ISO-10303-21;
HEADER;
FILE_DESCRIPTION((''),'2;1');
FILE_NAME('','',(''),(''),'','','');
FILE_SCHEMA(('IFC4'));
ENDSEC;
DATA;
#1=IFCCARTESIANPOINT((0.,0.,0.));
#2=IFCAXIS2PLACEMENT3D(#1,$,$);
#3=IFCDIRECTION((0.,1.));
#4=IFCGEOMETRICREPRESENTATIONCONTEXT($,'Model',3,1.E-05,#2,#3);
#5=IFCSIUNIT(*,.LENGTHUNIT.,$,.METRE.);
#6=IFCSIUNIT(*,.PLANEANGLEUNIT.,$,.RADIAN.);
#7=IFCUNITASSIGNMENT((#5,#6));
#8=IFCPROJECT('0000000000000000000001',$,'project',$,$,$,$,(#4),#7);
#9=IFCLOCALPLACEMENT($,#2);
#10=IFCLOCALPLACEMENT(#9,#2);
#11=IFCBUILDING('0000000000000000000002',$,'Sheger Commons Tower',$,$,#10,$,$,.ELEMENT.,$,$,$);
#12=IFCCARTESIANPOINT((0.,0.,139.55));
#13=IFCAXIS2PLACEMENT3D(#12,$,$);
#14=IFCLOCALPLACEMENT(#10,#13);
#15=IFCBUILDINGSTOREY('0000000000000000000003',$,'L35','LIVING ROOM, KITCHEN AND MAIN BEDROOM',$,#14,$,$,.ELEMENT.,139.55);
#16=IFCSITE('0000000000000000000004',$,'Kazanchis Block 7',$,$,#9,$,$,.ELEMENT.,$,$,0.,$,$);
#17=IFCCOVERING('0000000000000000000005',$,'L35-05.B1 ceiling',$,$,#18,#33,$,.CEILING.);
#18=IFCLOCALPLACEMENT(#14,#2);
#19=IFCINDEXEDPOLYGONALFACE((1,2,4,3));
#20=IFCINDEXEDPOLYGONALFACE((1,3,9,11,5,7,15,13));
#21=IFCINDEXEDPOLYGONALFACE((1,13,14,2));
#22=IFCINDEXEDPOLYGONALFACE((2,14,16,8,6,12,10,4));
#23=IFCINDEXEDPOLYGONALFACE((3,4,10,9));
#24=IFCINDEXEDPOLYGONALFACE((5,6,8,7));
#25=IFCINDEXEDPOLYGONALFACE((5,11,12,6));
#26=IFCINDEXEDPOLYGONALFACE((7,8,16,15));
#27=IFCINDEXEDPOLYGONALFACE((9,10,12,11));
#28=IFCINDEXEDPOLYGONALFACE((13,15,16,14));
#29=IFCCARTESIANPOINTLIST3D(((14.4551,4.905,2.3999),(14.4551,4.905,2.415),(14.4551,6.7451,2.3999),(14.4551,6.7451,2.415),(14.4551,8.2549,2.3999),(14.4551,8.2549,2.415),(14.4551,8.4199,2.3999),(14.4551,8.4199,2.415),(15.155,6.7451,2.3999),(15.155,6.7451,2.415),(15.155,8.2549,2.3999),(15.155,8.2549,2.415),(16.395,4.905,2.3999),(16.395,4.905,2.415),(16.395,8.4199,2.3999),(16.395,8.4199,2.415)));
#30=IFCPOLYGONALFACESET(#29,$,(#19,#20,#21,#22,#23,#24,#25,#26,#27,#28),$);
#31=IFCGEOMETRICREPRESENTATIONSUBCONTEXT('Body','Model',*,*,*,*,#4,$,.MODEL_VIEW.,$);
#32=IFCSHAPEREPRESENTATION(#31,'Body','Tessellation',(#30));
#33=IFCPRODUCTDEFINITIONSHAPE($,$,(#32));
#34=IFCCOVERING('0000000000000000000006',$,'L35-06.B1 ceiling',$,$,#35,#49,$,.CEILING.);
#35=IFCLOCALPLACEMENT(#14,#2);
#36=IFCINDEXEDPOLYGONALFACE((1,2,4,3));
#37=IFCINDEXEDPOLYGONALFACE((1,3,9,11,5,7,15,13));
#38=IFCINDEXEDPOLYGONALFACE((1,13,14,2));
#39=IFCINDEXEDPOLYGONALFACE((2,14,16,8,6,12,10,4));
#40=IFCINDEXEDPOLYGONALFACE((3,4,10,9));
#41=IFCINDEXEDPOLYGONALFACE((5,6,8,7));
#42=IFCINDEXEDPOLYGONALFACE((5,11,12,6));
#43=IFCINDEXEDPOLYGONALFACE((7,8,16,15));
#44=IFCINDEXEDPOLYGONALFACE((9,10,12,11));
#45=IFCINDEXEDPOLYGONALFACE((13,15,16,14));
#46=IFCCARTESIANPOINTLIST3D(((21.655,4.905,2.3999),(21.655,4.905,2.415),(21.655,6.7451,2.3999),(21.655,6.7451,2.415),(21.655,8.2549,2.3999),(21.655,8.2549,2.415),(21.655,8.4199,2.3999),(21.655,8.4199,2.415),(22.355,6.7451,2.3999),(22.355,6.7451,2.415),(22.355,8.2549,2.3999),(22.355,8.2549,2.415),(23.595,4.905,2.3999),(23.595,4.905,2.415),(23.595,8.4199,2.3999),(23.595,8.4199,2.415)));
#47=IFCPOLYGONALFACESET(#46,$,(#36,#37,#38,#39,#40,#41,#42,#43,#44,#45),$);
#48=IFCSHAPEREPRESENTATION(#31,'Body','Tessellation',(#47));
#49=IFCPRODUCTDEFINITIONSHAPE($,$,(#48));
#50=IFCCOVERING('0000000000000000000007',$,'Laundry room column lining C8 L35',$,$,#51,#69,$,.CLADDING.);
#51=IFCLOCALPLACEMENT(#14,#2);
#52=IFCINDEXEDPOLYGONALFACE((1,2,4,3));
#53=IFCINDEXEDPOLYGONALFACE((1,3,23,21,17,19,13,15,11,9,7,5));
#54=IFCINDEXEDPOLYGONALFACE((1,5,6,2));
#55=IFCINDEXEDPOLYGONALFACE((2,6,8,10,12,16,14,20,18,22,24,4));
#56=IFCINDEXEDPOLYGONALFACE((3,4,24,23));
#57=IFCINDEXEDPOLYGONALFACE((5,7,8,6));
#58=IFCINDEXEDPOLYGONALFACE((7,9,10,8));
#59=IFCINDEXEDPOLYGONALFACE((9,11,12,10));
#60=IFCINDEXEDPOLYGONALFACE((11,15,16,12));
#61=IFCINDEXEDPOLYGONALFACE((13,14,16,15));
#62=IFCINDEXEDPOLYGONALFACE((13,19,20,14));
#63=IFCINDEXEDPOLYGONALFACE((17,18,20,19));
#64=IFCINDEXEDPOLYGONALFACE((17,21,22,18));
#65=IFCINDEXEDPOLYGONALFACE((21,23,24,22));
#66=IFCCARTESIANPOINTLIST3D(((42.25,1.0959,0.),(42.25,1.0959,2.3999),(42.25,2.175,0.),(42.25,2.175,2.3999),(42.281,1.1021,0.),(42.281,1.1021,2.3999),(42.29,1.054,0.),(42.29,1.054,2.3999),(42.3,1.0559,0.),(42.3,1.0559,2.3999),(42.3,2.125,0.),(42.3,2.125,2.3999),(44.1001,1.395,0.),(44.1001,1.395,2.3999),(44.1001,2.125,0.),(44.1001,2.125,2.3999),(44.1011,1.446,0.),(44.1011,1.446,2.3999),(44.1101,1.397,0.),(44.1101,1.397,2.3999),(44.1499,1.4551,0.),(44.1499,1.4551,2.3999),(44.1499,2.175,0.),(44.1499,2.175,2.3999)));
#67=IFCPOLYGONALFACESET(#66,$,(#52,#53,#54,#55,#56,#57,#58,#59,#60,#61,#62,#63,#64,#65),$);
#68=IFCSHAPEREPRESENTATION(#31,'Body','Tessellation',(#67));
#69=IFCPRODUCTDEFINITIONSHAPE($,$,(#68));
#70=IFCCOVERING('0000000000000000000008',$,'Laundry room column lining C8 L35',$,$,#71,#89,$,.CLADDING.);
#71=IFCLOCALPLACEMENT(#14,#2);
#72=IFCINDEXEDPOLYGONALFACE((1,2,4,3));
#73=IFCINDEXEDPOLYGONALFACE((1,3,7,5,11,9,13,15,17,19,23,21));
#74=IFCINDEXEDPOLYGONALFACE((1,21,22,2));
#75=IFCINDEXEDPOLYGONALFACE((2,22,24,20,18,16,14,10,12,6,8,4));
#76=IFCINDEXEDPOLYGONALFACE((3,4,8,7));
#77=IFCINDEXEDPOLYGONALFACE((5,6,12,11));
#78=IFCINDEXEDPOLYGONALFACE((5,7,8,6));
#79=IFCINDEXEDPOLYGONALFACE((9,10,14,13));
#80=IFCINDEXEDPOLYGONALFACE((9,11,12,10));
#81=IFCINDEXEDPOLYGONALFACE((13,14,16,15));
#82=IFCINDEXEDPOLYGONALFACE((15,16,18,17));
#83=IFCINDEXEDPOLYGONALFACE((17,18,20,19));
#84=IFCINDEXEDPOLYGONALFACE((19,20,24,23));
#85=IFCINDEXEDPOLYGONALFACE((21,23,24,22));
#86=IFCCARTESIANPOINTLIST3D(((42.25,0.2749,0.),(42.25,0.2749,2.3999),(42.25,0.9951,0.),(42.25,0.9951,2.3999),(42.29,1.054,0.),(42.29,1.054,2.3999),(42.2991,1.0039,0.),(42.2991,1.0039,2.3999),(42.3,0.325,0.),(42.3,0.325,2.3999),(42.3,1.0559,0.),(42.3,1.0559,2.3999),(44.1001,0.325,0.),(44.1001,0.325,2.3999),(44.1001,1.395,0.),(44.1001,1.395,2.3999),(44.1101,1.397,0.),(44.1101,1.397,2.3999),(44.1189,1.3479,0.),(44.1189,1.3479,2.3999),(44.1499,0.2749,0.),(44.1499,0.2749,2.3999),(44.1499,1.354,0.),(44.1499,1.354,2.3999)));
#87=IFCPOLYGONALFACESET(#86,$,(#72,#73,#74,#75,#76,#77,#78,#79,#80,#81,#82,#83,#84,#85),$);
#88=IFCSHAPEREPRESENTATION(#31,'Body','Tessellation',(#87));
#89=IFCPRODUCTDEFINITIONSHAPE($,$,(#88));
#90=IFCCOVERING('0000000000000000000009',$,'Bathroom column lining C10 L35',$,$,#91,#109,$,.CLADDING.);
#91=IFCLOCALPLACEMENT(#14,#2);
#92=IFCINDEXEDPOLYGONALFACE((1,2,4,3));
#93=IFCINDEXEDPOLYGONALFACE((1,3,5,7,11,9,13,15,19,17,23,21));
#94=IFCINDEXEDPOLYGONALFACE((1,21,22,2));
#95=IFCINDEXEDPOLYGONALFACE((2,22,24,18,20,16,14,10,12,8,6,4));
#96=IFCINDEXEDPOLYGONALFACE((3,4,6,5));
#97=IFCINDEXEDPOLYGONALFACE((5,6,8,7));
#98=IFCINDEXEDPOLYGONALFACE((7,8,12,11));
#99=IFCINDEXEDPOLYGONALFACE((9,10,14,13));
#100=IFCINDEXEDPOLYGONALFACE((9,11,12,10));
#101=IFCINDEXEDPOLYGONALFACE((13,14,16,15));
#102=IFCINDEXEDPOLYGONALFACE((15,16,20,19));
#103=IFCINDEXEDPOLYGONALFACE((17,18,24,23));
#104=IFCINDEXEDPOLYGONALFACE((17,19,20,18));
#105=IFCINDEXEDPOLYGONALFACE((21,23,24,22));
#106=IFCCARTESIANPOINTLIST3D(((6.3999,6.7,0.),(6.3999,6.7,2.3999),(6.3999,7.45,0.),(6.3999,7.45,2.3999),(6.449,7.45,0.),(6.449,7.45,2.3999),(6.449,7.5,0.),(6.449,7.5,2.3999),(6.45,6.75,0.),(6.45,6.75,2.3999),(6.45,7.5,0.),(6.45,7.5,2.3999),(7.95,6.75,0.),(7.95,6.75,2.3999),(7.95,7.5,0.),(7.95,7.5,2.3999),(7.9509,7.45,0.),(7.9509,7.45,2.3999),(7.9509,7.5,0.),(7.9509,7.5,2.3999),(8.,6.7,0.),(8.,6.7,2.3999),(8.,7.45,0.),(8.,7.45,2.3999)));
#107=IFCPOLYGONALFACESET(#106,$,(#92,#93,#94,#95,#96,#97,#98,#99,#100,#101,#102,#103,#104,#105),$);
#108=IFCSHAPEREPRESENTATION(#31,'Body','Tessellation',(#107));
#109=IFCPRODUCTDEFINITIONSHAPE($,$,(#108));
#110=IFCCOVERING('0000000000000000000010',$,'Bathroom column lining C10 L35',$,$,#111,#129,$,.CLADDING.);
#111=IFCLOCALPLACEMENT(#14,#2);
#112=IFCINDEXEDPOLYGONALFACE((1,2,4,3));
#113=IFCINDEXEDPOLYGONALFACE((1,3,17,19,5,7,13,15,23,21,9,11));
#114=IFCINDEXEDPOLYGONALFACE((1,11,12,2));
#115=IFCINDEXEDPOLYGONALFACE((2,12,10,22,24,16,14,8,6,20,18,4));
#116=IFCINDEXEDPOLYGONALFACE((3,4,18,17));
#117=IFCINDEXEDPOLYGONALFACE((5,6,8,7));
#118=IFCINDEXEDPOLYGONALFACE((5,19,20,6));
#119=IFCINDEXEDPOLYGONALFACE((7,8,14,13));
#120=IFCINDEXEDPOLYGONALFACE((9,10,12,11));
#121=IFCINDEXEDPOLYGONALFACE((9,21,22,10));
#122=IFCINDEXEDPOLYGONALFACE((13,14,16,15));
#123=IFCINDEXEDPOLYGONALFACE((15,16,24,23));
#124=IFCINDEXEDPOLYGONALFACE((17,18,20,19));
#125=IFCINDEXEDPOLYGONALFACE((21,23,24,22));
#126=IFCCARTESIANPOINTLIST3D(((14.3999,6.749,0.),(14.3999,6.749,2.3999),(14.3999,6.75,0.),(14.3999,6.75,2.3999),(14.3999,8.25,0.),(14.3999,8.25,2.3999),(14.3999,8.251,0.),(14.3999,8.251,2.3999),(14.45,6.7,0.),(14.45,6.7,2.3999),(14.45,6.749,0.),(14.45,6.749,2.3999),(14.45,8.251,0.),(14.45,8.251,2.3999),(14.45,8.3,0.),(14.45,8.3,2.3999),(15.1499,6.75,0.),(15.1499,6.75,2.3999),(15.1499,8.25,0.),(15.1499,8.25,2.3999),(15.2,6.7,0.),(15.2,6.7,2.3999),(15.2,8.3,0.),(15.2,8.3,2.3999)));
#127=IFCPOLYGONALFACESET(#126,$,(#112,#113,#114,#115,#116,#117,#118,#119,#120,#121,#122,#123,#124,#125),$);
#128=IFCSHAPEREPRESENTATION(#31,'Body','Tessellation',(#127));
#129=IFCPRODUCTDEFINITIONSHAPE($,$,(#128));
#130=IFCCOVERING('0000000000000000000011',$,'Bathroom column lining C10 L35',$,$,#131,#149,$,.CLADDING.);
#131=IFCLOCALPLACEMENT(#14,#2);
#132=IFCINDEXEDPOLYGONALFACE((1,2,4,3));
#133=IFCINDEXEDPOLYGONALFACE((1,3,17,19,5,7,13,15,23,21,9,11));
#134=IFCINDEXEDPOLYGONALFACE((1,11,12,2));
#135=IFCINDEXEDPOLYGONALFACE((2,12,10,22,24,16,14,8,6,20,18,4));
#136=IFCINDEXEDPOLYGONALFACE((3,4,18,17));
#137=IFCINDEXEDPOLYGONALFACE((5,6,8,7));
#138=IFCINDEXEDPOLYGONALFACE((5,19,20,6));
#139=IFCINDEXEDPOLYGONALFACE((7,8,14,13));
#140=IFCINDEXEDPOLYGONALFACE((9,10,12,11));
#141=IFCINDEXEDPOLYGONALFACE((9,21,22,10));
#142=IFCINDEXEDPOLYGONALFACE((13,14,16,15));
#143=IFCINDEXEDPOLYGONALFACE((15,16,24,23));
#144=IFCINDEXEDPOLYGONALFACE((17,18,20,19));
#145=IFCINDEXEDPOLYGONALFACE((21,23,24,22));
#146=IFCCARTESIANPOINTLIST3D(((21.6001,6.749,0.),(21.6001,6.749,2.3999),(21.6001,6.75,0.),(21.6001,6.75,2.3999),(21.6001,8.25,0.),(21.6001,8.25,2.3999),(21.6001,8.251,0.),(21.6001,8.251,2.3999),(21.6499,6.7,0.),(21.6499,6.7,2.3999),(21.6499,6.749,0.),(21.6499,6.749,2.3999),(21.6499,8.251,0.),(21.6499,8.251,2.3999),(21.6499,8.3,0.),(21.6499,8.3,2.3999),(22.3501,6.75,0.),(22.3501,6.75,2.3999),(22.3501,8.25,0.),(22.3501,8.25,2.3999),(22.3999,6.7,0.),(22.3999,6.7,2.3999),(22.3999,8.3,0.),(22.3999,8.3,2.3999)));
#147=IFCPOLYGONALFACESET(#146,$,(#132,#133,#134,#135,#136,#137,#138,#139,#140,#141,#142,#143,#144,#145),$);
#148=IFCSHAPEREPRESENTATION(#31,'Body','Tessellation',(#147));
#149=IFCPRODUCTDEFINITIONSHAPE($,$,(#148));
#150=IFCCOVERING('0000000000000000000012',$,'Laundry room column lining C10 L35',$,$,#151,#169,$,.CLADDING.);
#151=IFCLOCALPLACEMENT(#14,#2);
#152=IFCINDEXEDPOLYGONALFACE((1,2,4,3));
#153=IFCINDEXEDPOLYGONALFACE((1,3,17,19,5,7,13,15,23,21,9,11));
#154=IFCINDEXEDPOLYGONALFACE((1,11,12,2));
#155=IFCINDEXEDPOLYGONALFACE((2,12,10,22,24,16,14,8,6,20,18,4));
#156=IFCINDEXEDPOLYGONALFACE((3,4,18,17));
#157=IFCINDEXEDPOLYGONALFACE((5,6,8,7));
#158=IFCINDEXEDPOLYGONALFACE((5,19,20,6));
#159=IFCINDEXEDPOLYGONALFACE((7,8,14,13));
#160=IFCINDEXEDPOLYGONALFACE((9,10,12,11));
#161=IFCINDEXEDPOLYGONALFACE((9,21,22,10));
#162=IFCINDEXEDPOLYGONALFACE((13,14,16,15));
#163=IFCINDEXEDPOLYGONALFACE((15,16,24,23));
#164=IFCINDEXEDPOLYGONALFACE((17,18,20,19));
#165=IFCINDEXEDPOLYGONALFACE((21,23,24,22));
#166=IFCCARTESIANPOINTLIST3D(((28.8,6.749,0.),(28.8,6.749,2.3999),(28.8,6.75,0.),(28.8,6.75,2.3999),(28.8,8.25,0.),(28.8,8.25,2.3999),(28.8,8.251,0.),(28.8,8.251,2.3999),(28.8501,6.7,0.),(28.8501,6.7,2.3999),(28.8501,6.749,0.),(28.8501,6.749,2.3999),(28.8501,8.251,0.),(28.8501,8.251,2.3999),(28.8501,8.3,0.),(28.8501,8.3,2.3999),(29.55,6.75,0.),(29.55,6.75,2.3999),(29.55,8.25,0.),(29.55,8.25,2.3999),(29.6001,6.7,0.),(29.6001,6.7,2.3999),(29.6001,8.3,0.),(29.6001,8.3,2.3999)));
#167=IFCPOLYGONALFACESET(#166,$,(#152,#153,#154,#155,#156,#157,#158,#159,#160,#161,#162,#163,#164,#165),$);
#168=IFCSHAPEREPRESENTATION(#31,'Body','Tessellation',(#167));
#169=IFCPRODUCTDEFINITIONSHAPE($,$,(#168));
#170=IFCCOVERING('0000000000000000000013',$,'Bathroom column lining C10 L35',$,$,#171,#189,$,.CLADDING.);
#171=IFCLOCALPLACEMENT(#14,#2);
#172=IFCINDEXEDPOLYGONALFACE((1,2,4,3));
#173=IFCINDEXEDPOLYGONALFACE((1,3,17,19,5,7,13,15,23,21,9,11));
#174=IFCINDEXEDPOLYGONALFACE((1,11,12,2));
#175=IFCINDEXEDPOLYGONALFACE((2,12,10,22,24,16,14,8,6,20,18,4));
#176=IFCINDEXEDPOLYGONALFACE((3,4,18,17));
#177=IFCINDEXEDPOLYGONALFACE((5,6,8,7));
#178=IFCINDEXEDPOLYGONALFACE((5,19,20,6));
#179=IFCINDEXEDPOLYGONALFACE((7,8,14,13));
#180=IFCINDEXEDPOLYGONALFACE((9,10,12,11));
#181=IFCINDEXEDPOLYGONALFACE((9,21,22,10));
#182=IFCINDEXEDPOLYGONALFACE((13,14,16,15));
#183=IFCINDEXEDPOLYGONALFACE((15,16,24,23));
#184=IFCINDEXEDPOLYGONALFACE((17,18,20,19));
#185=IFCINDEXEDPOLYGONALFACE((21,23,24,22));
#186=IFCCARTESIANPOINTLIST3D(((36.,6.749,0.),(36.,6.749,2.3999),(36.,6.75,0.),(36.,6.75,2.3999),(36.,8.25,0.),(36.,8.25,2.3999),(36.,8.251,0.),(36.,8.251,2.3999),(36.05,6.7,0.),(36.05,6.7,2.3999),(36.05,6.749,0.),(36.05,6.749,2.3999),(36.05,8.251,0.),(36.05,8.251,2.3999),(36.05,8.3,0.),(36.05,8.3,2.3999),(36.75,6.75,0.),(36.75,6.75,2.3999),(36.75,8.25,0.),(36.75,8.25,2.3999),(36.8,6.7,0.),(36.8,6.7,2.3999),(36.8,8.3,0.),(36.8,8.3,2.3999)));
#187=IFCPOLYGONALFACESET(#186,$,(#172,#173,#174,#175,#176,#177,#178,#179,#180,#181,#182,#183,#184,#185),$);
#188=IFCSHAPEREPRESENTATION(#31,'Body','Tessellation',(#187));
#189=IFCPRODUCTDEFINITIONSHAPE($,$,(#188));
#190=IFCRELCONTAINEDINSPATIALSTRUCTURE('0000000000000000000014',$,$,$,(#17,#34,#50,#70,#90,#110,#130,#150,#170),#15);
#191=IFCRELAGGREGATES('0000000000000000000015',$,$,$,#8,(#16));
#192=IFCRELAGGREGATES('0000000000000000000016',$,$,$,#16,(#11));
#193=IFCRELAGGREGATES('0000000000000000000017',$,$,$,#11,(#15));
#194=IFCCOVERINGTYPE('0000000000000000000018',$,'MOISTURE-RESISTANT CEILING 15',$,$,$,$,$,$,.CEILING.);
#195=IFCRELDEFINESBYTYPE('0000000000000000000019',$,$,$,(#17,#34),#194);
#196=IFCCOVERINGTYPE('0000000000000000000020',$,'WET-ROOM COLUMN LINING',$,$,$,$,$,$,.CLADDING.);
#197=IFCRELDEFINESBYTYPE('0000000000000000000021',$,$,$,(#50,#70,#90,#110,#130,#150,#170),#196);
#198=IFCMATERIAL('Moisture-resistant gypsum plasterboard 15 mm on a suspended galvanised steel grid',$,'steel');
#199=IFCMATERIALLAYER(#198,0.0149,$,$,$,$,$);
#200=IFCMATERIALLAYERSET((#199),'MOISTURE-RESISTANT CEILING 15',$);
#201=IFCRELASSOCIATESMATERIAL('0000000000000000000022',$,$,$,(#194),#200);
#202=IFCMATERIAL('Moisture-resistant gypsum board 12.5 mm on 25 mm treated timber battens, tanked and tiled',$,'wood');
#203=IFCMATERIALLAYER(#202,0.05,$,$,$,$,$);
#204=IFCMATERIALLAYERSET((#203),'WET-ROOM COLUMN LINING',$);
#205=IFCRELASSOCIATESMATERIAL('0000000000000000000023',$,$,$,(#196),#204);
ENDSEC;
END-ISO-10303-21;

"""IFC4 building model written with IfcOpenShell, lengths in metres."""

from ifc_helpers import new_model, si_unit, direction, frame, origin, place, context, subcontext, project, spatial, polyline, outline, extrude, material, layer, layer_set, type_object, element, save


model = new_model("IFC4")

# Units and contexts
model_context = context("Model", 3, precision=1e-05, world=origin(), true_north=direction((0.0, 1.0)))
body_context = subcontext(model_context, "Body", "Model", "MODEL_VIEW")
ifc_project = project(units=[si_unit("LENGTHUNIT", "METRE"), si_unit("PLANEANGLEUNIT", "RADIAN")], contexts=[model_context])

# Site, building, storey
site_placement = place(None, origin())
site = spatial("IfcSite", under=ifc_project, at=site_placement, Name="Kazanchis Block 7", CompositionType="ELEMENT", RefElevation=0.0)
building_placement = place(site_placement, origin())
building = spatial("IfcBuilding", under=site, at=building_placement, Name="Sheger Commons Tower", CompositionType="ELEMENT")
storey_placement = place(building_placement, frame((0.0, 0.0, 139.55)))
storey = spatial("IfcBuildingStorey", under=building, at=storey_placement, Name="L35", Description="LIVING ROOM, KITCHEN AND MAIN BEDROOM", CompositionType="ELEMENT", Elevation=139.55)

# Coverings
ifc_material_1 = material(Name="Moisture-resistant gypsum plasterboard 15 mm on a suspended galvanised steel grid", Category="steel")
ifc_layer_1 = layer(ifc_material_1, 0.0149)
ifc_layer_set_1 = layer_set([ifc_layer_1], Name="MOISTURE-RESISTANT CEILING 15")
covering_type_1 = type_object("IfcCoveringType", Name="MOISTURE-RESISTANT CEILING 15", PredefinedType="CEILING", material=ifc_layer_set_1)
covering_1_placement = place(storey_placement, frame((0.0, 0.0, 2.3999)))
element("IfcCovering", 1, at=covering_1_placement, inside=storey, type_object=covering_type_1, Name="L35-05.B1 ceiling", PredefinedType="CEILING", context=body_context, shape_type="SweptSolid", body=[
    extrude(outline(polyline([(14.4551, 4.905), (16.395, 4.905), (16.395, 8.4199), (14.4551, 8.4199), (14.4551, 8.2549), (15.155, 8.2549), (15.155, 6.7451), (14.4551, 6.7451), (14.4551, 4.905)])), origin(), (0.0, 0.0, 1.0), 0.0151),
])
covering_2_placement = place(storey_placement, frame((0.0, 0.0, 2.3999)))
element("IfcCovering", 2, at=covering_2_placement, inside=storey, type_object=covering_type_1, Name="L35-06.B1 ceiling", PredefinedType="CEILING", context=body_context, shape_type="SweptSolid", body=[
    extrude(outline(polyline([(21.655, 4.905), (23.595, 4.905), (23.595, 8.4199), (21.655, 8.4199), (21.655, 8.2549), (22.355, 8.2549), (22.355, 6.7451), (21.655, 6.7451), (21.655, 4.905)])), origin(), (0.0, 0.0, 1.0), 0.0151),
])
ifc_material_2 = material(Name="Moisture-resistant gypsum board 12.5 mm on 25 mm treated timber battens, tanked and tiled", Category="wood")
ifc_layer_2 = layer(ifc_material_2, 0.05)
ifc_layer_set_2 = layer_set([ifc_layer_2], Name="WET-ROOM COLUMN LINING")
covering_type_2 = type_object("IfcCoveringType", Name="WET-ROOM COLUMN LINING", PredefinedType="CLADDING", material=ifc_layer_set_2)
covering_3_placement = place(storey_placement, origin())
element("IfcCovering", 3, at=covering_3_placement, inside=storey, type_object=covering_type_2, Name="Laundry room column lining C8 L35", PredefinedType="CLADDING", context=body_context, shape_type="SweptSolid", body=[
    extrude(outline(polyline([(44.1499, 2.175), (44.1499, 1.4551), (44.1011, 1.446), (44.1101, 1.397), (44.1001, 1.395), (44.1001, 2.125), (42.3, 2.125), (42.3, 1.0559), (42.29, 1.054), (42.281, 1.1021), (42.25, 1.0959), (42.25, 2.175), (44.1499, 2.175)])), origin(), (0.0, 0.0, 1.0), 2.3999),
])
covering_4_placement = place(storey_placement, origin())
element("IfcCovering", 4, at=covering_4_placement, inside=storey, type_object=covering_type_2, Name="Laundry room column lining C8 L35", PredefinedType="CLADDING", context=body_context, shape_type="SweptSolid", body=[
    extrude(outline(polyline([(42.3, 1.0559), (42.3, 0.325), (44.1001, 0.325), (44.1001, 1.395), (44.1101, 1.397), (44.1189, 1.3479), (44.1499, 1.354), (44.1499, 0.2749), (42.25, 0.2749), (42.25, 0.9951), (42.2991, 1.0039), (42.29, 1.054), (42.3, 1.0559)])), origin(), (0.0, 0.0, 1.0), 2.3999),
])
covering_5_placement = place(storey_placement, origin())
element("IfcCovering", 5, at=covering_5_placement, inside=storey, type_object=covering_type_2, Name="Bathroom column lining C10 L35", PredefinedType="CLADDING", context=body_context, shape_type="SweptSolid", body=[
    extrude(outline(polyline([(6.45, 7.5), (6.45, 6.75), (7.95, 6.75), (7.95, 7.5), (7.9509, 7.5), (7.9509, 7.45), (8.0, 7.45), (8.0, 6.7), (6.3999, 6.7), (6.3999, 7.45), (6.449, 7.45), (6.449, 7.5), (6.45, 7.5)])), origin(), (0.0, 0.0, 1.0), 2.3999),
])
covering_6_placement = place(storey_placement, origin())
element("IfcCovering", 6, at=covering_6_placement, inside=storey, type_object=covering_type_2, Name="Bathroom column lining C10 L35", PredefinedType="CLADDING", context=body_context, shape_type="SweptSolid", body=[
    extrude(outline(polyline([(15.2, 6.7), (14.45, 6.7), (14.45, 6.749), (14.3999, 6.749), (14.3999, 6.75), (15.1499, 6.75), (15.1499, 8.25), (14.3999, 8.25), (14.3999, 8.251), (14.45, 8.251), (14.45, 8.3), (15.2, 8.3), (15.2, 6.7)])), origin(), (0.0, 0.0, 1.0), 2.3999),
])
covering_7_placement = place(storey_placement, origin())
element("IfcCovering", 7, at=covering_7_placement, inside=storey, type_object=covering_type_2, Name="Bathroom column lining C10 L35", PredefinedType="CLADDING", context=body_context, shape_type="SweptSolid", body=[
    extrude(outline(polyline([(22.3999, 6.7), (21.6499, 6.7), (21.6499, 6.749), (21.6001, 6.749), (21.6001, 6.75), (22.3501, 6.75), (22.3501, 8.25), (21.6001, 8.25), (21.6001, 8.251), (21.6499, 8.251), (21.6499, 8.3), (22.3999, 8.3), (22.3999, 6.7)])), origin(), (0.0, 0.0, 1.0), 2.3999),
])
covering_8_placement = place(storey_placement, origin())
element("IfcCovering", 8, at=covering_8_placement, inside=storey, type_object=covering_type_2, Name="Laundry room column lining C10 L35", PredefinedType="CLADDING", context=body_context, shape_type="SweptSolid", body=[
    extrude(outline(polyline([(29.6001, 6.7), (28.8501, 6.7), (28.8501, 6.749), (28.8, 6.749), (28.8, 6.75), (29.55, 6.75), (29.55, 8.25), (28.8, 8.25), (28.8, 8.251), (28.8501, 8.251), (28.8501, 8.3), (29.6001, 8.3), (29.6001, 6.7)])), origin(), (0.0, 0.0, 1.0), 2.3999),
])
covering_9_placement = place(storey_placement, origin())
element("IfcCovering", 9, at=covering_9_placement, inside=storey, type_object=covering_type_2, Name="Bathroom column lining C10 L35", PredefinedType="CLADDING", context=body_context, shape_type="SweptSolid", body=[
    extrude(outline(polyline([(36.8, 6.7), (36.05, 6.7), (36.05, 6.749), (36.0, 6.749), (36.0, 6.75), (36.75, 6.75), (36.75, 8.25), (36.0, 8.25), (36.0, 8.251), (36.05, 8.251), (36.05, 8.3), (36.8, 8.3), (36.8, 6.7)])), origin(), (0.0, 0.0, 1.0), 2.3999),
])

save(model, "model.ifc")
